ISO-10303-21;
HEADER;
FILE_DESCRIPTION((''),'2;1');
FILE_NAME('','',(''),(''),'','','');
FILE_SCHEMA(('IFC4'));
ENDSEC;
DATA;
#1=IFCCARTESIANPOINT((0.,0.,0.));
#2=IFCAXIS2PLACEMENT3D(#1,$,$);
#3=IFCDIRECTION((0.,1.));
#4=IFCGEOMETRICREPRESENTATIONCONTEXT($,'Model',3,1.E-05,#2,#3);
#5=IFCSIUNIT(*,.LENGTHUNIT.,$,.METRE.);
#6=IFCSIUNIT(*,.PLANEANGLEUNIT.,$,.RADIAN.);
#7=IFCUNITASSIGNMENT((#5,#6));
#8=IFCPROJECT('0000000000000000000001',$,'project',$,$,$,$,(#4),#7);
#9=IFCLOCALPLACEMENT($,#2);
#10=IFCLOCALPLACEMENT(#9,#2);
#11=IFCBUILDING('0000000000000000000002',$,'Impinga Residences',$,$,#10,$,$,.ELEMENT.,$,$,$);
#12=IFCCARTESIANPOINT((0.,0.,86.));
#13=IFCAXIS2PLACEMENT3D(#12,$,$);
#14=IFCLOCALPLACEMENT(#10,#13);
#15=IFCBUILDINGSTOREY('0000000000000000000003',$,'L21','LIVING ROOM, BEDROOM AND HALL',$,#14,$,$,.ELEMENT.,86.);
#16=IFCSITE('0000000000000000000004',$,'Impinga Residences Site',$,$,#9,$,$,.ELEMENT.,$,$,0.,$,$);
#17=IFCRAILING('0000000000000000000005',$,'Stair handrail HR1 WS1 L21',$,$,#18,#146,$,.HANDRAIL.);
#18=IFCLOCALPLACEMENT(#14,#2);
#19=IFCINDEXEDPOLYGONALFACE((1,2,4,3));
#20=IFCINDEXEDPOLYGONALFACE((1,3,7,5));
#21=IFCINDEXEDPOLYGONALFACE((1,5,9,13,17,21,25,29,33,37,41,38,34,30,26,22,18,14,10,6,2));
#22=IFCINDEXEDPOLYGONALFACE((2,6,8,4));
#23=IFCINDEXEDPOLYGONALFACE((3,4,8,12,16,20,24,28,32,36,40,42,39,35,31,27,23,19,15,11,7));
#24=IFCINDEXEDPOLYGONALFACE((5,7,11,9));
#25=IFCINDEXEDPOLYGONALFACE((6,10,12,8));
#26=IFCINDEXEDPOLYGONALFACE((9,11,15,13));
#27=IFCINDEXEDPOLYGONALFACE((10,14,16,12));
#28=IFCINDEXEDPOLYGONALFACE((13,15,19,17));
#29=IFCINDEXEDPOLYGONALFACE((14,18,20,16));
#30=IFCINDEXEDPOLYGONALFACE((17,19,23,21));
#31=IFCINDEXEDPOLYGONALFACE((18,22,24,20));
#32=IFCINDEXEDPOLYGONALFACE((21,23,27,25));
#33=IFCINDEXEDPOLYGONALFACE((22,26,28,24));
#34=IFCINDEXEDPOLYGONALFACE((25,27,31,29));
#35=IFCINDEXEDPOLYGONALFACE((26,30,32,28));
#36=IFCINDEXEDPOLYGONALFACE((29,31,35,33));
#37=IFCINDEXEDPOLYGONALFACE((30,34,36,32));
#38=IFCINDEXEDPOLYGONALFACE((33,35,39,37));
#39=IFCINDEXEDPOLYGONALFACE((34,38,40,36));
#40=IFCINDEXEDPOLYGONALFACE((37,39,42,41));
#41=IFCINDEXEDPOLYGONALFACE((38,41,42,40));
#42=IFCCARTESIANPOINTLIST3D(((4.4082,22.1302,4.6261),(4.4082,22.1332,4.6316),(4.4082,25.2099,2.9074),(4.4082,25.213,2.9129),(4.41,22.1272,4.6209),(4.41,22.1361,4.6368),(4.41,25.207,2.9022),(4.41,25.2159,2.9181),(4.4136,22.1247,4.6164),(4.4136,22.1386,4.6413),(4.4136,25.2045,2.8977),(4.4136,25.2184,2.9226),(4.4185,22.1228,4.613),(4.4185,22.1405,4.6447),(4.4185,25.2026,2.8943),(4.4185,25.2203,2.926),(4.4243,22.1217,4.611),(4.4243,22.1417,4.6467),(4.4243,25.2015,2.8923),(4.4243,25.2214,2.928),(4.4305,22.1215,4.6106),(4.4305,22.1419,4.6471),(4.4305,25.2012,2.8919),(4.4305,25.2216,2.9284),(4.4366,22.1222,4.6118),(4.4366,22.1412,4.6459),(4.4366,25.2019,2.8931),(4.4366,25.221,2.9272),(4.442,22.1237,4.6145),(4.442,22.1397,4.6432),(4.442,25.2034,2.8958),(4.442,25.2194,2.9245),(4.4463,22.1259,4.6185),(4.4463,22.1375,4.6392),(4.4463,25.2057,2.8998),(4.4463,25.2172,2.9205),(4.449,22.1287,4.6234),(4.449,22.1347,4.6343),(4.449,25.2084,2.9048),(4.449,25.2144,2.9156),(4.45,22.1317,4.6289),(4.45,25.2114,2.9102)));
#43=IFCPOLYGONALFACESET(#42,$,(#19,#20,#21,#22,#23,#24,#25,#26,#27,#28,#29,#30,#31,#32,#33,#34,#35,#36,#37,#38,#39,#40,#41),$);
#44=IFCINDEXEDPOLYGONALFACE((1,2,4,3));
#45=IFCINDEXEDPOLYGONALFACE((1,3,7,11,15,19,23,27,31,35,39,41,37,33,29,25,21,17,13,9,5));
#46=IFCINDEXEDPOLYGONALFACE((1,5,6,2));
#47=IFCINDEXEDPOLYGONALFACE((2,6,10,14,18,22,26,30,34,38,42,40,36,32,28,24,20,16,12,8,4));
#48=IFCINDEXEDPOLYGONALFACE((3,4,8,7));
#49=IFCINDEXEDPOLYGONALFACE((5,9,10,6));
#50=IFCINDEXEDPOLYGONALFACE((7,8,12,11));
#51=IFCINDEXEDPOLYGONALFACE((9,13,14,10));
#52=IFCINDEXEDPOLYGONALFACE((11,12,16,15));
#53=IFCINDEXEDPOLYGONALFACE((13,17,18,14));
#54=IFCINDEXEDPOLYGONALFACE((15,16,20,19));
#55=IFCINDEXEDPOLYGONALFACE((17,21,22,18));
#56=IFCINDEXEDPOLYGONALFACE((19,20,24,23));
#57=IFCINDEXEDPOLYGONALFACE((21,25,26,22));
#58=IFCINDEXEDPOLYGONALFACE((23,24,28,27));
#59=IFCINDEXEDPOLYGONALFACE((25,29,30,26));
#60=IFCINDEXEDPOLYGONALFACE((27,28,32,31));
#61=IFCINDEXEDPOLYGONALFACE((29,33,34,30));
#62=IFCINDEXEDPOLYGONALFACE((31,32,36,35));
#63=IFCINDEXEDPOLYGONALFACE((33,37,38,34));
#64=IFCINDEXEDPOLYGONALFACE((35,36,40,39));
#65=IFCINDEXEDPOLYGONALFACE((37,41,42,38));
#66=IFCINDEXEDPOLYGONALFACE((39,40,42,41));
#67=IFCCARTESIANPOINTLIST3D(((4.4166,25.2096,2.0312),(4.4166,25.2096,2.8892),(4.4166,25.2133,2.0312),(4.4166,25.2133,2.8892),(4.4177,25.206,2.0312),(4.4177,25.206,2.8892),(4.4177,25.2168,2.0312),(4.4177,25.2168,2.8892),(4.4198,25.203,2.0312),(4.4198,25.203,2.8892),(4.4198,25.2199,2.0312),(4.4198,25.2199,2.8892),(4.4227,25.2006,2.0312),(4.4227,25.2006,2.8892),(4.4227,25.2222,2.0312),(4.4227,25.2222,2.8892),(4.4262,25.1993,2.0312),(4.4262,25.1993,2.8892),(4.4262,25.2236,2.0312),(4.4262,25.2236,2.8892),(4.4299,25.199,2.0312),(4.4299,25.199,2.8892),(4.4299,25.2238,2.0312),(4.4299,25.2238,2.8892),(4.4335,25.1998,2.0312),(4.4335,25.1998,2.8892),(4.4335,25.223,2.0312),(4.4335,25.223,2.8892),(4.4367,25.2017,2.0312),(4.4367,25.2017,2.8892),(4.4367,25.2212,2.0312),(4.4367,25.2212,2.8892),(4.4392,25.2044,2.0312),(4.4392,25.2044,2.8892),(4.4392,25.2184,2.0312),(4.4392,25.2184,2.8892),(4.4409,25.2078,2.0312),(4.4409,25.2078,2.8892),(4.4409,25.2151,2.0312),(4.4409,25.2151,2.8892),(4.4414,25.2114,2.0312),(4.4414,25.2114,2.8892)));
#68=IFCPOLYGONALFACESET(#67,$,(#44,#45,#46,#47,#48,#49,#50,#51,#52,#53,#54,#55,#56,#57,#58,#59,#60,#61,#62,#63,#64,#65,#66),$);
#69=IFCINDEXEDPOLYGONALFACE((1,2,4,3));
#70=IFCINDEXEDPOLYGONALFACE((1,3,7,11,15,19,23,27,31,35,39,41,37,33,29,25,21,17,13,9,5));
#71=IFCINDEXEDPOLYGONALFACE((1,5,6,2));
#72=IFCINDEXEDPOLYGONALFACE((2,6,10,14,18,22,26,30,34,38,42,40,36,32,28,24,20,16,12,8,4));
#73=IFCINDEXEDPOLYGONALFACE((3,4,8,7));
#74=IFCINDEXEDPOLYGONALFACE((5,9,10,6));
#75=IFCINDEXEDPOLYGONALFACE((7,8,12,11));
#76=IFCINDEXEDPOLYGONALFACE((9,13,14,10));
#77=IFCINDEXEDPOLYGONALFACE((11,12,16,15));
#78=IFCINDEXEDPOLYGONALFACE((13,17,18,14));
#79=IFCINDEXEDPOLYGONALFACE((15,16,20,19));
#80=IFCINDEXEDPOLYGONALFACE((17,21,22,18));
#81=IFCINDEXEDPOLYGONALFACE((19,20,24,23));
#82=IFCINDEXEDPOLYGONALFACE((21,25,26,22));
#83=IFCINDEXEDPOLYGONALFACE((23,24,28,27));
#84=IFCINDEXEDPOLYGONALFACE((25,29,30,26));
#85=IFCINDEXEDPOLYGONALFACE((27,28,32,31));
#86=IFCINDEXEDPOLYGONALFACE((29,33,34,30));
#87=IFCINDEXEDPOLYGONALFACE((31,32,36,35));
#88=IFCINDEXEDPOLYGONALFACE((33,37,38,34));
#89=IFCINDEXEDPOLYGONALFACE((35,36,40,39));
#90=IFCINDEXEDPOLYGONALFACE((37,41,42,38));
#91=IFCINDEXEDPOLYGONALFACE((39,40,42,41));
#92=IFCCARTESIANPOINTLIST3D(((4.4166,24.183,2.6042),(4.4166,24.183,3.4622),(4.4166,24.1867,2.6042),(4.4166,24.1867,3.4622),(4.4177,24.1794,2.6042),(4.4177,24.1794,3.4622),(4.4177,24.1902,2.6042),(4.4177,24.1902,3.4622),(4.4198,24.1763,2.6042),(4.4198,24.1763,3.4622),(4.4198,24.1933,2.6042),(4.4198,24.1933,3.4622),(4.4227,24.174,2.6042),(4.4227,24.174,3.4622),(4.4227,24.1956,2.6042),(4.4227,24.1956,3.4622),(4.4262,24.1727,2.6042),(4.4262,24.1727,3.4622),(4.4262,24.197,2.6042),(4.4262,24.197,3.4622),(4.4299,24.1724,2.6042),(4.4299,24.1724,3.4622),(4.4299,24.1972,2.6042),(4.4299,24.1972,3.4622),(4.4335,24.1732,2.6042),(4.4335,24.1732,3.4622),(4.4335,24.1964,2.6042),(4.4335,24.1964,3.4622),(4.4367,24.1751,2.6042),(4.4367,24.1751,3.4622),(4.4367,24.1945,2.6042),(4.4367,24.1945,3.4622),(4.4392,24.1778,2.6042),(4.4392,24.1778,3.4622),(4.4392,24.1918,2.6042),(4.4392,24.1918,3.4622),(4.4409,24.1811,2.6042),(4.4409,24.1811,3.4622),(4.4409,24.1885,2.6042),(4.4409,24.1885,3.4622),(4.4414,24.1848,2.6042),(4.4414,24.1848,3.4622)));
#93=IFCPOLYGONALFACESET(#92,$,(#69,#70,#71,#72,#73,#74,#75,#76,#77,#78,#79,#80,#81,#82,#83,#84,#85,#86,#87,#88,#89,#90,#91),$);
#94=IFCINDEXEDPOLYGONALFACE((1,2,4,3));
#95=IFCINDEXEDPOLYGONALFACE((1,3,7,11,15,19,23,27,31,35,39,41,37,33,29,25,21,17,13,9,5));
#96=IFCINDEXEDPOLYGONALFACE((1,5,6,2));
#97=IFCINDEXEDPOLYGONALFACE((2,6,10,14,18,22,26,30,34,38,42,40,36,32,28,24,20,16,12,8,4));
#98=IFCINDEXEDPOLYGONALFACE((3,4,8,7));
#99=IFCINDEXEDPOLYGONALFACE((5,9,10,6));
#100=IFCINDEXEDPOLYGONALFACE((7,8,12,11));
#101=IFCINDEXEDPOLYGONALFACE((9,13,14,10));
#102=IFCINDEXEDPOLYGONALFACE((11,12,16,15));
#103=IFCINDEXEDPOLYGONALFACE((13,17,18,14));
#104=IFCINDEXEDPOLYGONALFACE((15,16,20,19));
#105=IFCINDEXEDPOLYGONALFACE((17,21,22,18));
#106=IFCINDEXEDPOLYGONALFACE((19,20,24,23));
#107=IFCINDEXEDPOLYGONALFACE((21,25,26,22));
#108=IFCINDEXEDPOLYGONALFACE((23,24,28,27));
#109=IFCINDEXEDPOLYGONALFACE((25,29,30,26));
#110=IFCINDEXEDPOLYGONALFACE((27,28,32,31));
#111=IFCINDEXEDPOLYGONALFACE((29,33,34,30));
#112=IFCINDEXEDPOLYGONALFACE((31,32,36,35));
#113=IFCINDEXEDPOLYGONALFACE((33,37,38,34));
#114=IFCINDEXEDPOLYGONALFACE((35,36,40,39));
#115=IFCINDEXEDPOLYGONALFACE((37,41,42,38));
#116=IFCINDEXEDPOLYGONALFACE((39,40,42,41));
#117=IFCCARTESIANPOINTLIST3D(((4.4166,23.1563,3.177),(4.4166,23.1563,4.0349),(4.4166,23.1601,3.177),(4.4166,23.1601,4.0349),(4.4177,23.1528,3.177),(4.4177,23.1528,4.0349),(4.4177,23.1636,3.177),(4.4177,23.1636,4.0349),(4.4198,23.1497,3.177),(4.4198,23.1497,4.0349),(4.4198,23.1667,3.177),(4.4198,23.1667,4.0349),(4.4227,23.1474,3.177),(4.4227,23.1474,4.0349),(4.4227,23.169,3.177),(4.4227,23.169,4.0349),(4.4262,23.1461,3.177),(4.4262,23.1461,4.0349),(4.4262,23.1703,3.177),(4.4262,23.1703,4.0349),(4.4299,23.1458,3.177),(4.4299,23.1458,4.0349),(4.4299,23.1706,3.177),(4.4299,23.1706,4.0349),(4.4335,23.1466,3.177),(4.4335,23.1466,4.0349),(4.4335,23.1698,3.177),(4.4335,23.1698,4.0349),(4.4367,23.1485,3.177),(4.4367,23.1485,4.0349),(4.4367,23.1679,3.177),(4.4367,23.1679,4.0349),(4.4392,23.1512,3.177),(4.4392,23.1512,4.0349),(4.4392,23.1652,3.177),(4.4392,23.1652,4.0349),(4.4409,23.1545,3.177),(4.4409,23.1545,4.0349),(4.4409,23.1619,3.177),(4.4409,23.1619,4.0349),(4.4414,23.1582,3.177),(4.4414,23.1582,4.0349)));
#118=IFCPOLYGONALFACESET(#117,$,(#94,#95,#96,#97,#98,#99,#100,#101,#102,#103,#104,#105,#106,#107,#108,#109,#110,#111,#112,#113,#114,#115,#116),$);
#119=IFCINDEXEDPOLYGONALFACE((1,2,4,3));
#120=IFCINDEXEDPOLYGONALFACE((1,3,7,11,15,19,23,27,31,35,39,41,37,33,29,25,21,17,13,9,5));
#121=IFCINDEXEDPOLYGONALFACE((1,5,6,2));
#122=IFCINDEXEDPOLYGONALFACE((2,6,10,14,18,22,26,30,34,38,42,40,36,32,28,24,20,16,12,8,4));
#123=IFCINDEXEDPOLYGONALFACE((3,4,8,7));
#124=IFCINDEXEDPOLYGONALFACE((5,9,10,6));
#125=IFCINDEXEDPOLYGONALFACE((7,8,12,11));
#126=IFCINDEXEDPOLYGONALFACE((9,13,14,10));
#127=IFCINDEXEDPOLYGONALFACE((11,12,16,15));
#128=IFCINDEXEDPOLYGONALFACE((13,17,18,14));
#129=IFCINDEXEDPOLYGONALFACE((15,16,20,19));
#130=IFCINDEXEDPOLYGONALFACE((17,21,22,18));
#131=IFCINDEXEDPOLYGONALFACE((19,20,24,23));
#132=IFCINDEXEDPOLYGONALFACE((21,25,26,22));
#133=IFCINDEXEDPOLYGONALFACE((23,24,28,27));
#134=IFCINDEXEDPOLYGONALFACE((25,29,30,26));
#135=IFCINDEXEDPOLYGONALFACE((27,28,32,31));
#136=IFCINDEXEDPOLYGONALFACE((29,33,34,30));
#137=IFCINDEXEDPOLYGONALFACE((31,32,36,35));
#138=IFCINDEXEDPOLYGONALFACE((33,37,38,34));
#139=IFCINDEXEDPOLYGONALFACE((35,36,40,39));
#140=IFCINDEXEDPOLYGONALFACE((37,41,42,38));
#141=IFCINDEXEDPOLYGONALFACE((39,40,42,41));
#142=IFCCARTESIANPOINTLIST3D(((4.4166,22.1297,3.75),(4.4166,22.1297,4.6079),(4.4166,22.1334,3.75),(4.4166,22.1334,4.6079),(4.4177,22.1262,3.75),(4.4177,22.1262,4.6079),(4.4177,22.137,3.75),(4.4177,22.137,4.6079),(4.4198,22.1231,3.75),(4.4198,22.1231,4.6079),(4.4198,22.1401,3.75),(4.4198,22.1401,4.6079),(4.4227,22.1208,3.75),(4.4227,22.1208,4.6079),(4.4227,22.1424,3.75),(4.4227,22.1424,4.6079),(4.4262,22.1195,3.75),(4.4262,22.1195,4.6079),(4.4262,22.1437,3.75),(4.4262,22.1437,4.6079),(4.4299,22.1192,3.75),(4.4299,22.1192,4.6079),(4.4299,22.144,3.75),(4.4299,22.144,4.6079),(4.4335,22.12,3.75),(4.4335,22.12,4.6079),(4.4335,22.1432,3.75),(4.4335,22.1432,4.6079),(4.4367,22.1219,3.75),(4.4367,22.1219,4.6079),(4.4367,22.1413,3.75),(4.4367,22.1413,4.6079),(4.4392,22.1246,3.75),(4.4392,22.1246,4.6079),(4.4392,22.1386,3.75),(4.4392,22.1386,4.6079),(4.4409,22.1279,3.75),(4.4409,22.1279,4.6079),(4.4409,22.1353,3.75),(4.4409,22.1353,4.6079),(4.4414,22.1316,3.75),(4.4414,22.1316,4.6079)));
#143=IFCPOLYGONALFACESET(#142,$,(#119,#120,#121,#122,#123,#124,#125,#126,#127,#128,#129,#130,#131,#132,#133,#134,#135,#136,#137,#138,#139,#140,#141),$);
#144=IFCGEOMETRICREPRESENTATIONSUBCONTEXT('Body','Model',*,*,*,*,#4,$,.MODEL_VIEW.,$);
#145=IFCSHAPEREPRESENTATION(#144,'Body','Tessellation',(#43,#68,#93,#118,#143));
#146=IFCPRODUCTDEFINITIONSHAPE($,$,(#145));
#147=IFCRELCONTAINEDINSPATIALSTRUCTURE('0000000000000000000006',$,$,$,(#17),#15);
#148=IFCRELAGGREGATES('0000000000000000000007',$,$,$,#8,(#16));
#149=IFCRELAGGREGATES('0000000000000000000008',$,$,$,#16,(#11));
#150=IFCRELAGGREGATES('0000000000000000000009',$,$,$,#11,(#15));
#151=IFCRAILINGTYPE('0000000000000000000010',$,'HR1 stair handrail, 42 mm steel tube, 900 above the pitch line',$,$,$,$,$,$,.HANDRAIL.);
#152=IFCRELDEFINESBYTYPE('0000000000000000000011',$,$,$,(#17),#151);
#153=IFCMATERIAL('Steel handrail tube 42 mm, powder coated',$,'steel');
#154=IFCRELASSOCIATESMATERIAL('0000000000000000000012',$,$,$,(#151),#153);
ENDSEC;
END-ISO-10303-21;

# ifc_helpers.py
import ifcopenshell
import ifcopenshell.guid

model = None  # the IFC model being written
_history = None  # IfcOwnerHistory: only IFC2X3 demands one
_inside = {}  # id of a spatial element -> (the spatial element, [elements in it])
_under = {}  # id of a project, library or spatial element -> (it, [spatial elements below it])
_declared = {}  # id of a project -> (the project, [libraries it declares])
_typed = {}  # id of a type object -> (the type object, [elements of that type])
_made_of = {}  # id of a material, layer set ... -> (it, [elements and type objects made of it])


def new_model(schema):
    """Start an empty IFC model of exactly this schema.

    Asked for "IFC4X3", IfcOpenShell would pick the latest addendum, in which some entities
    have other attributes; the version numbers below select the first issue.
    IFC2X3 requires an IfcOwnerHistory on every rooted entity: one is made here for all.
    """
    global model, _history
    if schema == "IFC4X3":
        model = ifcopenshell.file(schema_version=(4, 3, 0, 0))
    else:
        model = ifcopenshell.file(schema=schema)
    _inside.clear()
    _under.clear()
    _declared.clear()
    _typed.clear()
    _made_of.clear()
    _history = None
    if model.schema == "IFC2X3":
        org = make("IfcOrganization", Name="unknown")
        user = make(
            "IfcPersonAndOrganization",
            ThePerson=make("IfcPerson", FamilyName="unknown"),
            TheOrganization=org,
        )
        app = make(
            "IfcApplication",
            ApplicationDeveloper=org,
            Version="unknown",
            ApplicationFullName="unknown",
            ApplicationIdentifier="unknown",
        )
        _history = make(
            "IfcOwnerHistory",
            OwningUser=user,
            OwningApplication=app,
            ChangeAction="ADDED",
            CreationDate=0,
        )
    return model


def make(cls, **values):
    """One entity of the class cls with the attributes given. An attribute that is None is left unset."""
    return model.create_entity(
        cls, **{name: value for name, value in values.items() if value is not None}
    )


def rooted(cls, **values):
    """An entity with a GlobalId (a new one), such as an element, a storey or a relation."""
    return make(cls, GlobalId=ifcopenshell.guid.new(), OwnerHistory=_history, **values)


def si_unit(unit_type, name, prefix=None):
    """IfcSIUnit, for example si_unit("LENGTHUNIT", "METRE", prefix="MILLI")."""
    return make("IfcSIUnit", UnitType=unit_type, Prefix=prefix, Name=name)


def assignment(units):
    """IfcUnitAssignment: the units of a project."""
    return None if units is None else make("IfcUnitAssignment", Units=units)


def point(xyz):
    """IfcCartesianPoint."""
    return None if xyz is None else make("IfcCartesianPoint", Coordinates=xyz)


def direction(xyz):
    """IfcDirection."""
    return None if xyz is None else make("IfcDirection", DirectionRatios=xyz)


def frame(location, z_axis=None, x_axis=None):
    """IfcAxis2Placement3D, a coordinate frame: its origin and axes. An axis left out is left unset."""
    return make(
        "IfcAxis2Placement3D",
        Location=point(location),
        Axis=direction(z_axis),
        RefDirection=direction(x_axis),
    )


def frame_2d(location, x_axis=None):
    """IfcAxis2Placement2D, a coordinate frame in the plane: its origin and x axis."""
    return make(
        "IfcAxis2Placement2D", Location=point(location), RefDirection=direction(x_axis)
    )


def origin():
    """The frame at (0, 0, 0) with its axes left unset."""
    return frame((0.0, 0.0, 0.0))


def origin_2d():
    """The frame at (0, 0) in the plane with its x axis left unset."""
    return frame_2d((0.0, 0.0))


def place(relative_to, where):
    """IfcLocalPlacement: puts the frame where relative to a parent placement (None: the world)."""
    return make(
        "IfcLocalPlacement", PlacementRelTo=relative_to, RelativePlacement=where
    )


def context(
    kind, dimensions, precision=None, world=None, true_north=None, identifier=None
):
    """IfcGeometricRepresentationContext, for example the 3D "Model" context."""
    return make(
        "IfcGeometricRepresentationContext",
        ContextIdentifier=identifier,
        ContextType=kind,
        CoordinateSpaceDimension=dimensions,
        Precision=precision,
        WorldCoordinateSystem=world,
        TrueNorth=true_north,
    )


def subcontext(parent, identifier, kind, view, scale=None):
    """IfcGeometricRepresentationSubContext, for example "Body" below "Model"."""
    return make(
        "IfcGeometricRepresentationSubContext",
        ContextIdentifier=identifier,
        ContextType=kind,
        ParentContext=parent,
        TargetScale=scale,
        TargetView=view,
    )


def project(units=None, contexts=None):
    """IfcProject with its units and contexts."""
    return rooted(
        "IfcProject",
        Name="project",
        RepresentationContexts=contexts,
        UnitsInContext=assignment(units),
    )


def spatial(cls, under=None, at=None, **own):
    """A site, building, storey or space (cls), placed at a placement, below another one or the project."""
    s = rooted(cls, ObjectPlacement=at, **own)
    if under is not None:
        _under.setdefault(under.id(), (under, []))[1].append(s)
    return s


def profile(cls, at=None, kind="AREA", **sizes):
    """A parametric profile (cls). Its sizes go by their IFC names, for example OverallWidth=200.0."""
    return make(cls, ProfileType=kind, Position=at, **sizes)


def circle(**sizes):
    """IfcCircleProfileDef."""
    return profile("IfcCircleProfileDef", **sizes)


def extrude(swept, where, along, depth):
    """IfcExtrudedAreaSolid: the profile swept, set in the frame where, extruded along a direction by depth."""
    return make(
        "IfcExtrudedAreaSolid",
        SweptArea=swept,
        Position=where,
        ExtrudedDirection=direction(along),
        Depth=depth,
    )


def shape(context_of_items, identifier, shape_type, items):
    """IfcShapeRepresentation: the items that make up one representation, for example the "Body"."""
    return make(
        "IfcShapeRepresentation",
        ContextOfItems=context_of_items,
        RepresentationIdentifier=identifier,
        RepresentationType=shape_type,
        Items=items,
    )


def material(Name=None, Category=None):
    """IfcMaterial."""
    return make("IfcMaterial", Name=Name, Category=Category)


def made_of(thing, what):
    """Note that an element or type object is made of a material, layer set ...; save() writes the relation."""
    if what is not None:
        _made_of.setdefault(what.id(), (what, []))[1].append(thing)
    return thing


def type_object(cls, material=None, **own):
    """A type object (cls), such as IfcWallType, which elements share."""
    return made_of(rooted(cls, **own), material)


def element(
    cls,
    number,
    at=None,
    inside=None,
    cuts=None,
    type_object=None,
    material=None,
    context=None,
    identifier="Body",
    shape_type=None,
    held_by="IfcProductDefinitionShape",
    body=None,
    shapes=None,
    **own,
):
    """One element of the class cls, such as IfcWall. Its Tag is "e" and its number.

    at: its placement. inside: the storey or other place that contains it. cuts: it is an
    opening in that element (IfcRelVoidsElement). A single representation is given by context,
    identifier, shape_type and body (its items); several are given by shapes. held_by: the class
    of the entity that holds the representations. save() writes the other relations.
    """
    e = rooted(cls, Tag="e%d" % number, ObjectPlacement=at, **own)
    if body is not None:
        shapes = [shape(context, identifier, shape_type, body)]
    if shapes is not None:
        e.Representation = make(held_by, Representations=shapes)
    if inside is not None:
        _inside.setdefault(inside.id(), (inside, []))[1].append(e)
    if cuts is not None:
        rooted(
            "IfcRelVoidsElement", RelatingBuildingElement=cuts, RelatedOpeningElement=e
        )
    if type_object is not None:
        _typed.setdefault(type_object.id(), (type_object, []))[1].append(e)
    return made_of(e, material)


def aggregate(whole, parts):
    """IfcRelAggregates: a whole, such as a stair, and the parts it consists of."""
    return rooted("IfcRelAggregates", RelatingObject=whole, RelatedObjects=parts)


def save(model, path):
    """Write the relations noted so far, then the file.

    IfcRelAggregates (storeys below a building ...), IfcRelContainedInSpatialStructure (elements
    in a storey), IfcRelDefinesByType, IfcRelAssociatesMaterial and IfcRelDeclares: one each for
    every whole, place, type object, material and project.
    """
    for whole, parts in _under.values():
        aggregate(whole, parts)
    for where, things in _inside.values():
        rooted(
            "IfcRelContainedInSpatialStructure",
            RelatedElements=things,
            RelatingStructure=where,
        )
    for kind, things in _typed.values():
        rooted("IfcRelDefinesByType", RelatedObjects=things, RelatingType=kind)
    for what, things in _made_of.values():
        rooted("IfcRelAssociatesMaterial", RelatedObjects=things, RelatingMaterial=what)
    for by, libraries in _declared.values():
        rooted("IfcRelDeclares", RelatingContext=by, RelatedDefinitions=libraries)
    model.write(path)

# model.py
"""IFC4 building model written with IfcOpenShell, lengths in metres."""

from ifc_helpers import new_model, si_unit, direction, frame, origin, origin_2d, place, context, subcontext, project, spatial, circle, extrude, material, type_object, element, save


model = new_model("IFC4")

# Units and contexts
model_context = context("Model", 3, precision=1e-05, world=origin(), true_north=direction((0.0, 1.0)))
body_context = subcontext(model_context, "Body", "Model", "MODEL_VIEW")
ifc_project = project(units=[si_unit("LENGTHUNIT", "METRE"), si_unit("PLANEANGLEUNIT", "RADIAN")], contexts=[model_context])

# Site, building, storey
site_placement = place(None, origin())
site = spatial("IfcSite", under=ifc_project, at=site_placement, Name="Impinga Residences Site", CompositionType="ELEMENT", RefElevation=0.0)
building_placement = place(site_placement, origin())
building = spatial("IfcBuilding", under=site, at=building_placement, Name="Impinga Residences", CompositionType="ELEMENT")
storey_placement = place(building_placement, frame((0.0, 0.0, 86.0)))
storey = spatial("IfcBuildingStorey", under=building, at=storey_placement, Name="L21", Description="LIVING ROOM, BEDROOM AND HALL", CompositionType="ELEMENT", Elevation=86.0)

# Railing
ifc_material_1 = material(Name="Steel handrail tube 42 mm, powder coated", Category="steel")
railing_type_1 = type_object("IfcRailingType", Name="HR1 stair handrail, 42 mm steel tube, 900 above the pitch line", PredefinedType="HANDRAIL", material=ifc_material_1)
railing_1_placement = place(storey_placement, frame((4.429, 25.2114, 2.0312)))
element("IfcRailing", 1, at=railing_1_placement, inside=storey, type_object=railing_type_1, Name="Stair handrail HR1 WS1 L21", PredefinedType="HANDRAIL", context=body_context, shape_type="SweptSolid", body=[
    extrude(circle(Radius=0.021, at=origin_2d()), frame((0.0, 0.0, 0.8789), z_axis=(0.0, -0.873225, 0.487317), x_axis=(1.0, 0.0, 0.0)), (0.0, 0.0, 1.0), 3.5269),
    extrude(circle(Radius=0.0125, at=origin_2d()), origin(), (0.0, 0.0, 1.0), 0.8579),
    extrude(circle(Radius=0.0125, at=origin_2d()), frame((0.0, -1.0266, 0.573)), (0.0, 0.0, 1.0), 0.8579),
    extrude(circle(Radius=0.0125, at=origin_2d()), frame((0.0, -2.0532, 1.1458)), (0.0, 0.0, 1.0), 0.8579),
    extrude(circle(Radius=0.0125, at=origin_2d()), frame((0.0, -3.0798, 1.7188)), (0.0, 0.0, 1.0), 0.8579),
])

save(model, "model.ifc")
